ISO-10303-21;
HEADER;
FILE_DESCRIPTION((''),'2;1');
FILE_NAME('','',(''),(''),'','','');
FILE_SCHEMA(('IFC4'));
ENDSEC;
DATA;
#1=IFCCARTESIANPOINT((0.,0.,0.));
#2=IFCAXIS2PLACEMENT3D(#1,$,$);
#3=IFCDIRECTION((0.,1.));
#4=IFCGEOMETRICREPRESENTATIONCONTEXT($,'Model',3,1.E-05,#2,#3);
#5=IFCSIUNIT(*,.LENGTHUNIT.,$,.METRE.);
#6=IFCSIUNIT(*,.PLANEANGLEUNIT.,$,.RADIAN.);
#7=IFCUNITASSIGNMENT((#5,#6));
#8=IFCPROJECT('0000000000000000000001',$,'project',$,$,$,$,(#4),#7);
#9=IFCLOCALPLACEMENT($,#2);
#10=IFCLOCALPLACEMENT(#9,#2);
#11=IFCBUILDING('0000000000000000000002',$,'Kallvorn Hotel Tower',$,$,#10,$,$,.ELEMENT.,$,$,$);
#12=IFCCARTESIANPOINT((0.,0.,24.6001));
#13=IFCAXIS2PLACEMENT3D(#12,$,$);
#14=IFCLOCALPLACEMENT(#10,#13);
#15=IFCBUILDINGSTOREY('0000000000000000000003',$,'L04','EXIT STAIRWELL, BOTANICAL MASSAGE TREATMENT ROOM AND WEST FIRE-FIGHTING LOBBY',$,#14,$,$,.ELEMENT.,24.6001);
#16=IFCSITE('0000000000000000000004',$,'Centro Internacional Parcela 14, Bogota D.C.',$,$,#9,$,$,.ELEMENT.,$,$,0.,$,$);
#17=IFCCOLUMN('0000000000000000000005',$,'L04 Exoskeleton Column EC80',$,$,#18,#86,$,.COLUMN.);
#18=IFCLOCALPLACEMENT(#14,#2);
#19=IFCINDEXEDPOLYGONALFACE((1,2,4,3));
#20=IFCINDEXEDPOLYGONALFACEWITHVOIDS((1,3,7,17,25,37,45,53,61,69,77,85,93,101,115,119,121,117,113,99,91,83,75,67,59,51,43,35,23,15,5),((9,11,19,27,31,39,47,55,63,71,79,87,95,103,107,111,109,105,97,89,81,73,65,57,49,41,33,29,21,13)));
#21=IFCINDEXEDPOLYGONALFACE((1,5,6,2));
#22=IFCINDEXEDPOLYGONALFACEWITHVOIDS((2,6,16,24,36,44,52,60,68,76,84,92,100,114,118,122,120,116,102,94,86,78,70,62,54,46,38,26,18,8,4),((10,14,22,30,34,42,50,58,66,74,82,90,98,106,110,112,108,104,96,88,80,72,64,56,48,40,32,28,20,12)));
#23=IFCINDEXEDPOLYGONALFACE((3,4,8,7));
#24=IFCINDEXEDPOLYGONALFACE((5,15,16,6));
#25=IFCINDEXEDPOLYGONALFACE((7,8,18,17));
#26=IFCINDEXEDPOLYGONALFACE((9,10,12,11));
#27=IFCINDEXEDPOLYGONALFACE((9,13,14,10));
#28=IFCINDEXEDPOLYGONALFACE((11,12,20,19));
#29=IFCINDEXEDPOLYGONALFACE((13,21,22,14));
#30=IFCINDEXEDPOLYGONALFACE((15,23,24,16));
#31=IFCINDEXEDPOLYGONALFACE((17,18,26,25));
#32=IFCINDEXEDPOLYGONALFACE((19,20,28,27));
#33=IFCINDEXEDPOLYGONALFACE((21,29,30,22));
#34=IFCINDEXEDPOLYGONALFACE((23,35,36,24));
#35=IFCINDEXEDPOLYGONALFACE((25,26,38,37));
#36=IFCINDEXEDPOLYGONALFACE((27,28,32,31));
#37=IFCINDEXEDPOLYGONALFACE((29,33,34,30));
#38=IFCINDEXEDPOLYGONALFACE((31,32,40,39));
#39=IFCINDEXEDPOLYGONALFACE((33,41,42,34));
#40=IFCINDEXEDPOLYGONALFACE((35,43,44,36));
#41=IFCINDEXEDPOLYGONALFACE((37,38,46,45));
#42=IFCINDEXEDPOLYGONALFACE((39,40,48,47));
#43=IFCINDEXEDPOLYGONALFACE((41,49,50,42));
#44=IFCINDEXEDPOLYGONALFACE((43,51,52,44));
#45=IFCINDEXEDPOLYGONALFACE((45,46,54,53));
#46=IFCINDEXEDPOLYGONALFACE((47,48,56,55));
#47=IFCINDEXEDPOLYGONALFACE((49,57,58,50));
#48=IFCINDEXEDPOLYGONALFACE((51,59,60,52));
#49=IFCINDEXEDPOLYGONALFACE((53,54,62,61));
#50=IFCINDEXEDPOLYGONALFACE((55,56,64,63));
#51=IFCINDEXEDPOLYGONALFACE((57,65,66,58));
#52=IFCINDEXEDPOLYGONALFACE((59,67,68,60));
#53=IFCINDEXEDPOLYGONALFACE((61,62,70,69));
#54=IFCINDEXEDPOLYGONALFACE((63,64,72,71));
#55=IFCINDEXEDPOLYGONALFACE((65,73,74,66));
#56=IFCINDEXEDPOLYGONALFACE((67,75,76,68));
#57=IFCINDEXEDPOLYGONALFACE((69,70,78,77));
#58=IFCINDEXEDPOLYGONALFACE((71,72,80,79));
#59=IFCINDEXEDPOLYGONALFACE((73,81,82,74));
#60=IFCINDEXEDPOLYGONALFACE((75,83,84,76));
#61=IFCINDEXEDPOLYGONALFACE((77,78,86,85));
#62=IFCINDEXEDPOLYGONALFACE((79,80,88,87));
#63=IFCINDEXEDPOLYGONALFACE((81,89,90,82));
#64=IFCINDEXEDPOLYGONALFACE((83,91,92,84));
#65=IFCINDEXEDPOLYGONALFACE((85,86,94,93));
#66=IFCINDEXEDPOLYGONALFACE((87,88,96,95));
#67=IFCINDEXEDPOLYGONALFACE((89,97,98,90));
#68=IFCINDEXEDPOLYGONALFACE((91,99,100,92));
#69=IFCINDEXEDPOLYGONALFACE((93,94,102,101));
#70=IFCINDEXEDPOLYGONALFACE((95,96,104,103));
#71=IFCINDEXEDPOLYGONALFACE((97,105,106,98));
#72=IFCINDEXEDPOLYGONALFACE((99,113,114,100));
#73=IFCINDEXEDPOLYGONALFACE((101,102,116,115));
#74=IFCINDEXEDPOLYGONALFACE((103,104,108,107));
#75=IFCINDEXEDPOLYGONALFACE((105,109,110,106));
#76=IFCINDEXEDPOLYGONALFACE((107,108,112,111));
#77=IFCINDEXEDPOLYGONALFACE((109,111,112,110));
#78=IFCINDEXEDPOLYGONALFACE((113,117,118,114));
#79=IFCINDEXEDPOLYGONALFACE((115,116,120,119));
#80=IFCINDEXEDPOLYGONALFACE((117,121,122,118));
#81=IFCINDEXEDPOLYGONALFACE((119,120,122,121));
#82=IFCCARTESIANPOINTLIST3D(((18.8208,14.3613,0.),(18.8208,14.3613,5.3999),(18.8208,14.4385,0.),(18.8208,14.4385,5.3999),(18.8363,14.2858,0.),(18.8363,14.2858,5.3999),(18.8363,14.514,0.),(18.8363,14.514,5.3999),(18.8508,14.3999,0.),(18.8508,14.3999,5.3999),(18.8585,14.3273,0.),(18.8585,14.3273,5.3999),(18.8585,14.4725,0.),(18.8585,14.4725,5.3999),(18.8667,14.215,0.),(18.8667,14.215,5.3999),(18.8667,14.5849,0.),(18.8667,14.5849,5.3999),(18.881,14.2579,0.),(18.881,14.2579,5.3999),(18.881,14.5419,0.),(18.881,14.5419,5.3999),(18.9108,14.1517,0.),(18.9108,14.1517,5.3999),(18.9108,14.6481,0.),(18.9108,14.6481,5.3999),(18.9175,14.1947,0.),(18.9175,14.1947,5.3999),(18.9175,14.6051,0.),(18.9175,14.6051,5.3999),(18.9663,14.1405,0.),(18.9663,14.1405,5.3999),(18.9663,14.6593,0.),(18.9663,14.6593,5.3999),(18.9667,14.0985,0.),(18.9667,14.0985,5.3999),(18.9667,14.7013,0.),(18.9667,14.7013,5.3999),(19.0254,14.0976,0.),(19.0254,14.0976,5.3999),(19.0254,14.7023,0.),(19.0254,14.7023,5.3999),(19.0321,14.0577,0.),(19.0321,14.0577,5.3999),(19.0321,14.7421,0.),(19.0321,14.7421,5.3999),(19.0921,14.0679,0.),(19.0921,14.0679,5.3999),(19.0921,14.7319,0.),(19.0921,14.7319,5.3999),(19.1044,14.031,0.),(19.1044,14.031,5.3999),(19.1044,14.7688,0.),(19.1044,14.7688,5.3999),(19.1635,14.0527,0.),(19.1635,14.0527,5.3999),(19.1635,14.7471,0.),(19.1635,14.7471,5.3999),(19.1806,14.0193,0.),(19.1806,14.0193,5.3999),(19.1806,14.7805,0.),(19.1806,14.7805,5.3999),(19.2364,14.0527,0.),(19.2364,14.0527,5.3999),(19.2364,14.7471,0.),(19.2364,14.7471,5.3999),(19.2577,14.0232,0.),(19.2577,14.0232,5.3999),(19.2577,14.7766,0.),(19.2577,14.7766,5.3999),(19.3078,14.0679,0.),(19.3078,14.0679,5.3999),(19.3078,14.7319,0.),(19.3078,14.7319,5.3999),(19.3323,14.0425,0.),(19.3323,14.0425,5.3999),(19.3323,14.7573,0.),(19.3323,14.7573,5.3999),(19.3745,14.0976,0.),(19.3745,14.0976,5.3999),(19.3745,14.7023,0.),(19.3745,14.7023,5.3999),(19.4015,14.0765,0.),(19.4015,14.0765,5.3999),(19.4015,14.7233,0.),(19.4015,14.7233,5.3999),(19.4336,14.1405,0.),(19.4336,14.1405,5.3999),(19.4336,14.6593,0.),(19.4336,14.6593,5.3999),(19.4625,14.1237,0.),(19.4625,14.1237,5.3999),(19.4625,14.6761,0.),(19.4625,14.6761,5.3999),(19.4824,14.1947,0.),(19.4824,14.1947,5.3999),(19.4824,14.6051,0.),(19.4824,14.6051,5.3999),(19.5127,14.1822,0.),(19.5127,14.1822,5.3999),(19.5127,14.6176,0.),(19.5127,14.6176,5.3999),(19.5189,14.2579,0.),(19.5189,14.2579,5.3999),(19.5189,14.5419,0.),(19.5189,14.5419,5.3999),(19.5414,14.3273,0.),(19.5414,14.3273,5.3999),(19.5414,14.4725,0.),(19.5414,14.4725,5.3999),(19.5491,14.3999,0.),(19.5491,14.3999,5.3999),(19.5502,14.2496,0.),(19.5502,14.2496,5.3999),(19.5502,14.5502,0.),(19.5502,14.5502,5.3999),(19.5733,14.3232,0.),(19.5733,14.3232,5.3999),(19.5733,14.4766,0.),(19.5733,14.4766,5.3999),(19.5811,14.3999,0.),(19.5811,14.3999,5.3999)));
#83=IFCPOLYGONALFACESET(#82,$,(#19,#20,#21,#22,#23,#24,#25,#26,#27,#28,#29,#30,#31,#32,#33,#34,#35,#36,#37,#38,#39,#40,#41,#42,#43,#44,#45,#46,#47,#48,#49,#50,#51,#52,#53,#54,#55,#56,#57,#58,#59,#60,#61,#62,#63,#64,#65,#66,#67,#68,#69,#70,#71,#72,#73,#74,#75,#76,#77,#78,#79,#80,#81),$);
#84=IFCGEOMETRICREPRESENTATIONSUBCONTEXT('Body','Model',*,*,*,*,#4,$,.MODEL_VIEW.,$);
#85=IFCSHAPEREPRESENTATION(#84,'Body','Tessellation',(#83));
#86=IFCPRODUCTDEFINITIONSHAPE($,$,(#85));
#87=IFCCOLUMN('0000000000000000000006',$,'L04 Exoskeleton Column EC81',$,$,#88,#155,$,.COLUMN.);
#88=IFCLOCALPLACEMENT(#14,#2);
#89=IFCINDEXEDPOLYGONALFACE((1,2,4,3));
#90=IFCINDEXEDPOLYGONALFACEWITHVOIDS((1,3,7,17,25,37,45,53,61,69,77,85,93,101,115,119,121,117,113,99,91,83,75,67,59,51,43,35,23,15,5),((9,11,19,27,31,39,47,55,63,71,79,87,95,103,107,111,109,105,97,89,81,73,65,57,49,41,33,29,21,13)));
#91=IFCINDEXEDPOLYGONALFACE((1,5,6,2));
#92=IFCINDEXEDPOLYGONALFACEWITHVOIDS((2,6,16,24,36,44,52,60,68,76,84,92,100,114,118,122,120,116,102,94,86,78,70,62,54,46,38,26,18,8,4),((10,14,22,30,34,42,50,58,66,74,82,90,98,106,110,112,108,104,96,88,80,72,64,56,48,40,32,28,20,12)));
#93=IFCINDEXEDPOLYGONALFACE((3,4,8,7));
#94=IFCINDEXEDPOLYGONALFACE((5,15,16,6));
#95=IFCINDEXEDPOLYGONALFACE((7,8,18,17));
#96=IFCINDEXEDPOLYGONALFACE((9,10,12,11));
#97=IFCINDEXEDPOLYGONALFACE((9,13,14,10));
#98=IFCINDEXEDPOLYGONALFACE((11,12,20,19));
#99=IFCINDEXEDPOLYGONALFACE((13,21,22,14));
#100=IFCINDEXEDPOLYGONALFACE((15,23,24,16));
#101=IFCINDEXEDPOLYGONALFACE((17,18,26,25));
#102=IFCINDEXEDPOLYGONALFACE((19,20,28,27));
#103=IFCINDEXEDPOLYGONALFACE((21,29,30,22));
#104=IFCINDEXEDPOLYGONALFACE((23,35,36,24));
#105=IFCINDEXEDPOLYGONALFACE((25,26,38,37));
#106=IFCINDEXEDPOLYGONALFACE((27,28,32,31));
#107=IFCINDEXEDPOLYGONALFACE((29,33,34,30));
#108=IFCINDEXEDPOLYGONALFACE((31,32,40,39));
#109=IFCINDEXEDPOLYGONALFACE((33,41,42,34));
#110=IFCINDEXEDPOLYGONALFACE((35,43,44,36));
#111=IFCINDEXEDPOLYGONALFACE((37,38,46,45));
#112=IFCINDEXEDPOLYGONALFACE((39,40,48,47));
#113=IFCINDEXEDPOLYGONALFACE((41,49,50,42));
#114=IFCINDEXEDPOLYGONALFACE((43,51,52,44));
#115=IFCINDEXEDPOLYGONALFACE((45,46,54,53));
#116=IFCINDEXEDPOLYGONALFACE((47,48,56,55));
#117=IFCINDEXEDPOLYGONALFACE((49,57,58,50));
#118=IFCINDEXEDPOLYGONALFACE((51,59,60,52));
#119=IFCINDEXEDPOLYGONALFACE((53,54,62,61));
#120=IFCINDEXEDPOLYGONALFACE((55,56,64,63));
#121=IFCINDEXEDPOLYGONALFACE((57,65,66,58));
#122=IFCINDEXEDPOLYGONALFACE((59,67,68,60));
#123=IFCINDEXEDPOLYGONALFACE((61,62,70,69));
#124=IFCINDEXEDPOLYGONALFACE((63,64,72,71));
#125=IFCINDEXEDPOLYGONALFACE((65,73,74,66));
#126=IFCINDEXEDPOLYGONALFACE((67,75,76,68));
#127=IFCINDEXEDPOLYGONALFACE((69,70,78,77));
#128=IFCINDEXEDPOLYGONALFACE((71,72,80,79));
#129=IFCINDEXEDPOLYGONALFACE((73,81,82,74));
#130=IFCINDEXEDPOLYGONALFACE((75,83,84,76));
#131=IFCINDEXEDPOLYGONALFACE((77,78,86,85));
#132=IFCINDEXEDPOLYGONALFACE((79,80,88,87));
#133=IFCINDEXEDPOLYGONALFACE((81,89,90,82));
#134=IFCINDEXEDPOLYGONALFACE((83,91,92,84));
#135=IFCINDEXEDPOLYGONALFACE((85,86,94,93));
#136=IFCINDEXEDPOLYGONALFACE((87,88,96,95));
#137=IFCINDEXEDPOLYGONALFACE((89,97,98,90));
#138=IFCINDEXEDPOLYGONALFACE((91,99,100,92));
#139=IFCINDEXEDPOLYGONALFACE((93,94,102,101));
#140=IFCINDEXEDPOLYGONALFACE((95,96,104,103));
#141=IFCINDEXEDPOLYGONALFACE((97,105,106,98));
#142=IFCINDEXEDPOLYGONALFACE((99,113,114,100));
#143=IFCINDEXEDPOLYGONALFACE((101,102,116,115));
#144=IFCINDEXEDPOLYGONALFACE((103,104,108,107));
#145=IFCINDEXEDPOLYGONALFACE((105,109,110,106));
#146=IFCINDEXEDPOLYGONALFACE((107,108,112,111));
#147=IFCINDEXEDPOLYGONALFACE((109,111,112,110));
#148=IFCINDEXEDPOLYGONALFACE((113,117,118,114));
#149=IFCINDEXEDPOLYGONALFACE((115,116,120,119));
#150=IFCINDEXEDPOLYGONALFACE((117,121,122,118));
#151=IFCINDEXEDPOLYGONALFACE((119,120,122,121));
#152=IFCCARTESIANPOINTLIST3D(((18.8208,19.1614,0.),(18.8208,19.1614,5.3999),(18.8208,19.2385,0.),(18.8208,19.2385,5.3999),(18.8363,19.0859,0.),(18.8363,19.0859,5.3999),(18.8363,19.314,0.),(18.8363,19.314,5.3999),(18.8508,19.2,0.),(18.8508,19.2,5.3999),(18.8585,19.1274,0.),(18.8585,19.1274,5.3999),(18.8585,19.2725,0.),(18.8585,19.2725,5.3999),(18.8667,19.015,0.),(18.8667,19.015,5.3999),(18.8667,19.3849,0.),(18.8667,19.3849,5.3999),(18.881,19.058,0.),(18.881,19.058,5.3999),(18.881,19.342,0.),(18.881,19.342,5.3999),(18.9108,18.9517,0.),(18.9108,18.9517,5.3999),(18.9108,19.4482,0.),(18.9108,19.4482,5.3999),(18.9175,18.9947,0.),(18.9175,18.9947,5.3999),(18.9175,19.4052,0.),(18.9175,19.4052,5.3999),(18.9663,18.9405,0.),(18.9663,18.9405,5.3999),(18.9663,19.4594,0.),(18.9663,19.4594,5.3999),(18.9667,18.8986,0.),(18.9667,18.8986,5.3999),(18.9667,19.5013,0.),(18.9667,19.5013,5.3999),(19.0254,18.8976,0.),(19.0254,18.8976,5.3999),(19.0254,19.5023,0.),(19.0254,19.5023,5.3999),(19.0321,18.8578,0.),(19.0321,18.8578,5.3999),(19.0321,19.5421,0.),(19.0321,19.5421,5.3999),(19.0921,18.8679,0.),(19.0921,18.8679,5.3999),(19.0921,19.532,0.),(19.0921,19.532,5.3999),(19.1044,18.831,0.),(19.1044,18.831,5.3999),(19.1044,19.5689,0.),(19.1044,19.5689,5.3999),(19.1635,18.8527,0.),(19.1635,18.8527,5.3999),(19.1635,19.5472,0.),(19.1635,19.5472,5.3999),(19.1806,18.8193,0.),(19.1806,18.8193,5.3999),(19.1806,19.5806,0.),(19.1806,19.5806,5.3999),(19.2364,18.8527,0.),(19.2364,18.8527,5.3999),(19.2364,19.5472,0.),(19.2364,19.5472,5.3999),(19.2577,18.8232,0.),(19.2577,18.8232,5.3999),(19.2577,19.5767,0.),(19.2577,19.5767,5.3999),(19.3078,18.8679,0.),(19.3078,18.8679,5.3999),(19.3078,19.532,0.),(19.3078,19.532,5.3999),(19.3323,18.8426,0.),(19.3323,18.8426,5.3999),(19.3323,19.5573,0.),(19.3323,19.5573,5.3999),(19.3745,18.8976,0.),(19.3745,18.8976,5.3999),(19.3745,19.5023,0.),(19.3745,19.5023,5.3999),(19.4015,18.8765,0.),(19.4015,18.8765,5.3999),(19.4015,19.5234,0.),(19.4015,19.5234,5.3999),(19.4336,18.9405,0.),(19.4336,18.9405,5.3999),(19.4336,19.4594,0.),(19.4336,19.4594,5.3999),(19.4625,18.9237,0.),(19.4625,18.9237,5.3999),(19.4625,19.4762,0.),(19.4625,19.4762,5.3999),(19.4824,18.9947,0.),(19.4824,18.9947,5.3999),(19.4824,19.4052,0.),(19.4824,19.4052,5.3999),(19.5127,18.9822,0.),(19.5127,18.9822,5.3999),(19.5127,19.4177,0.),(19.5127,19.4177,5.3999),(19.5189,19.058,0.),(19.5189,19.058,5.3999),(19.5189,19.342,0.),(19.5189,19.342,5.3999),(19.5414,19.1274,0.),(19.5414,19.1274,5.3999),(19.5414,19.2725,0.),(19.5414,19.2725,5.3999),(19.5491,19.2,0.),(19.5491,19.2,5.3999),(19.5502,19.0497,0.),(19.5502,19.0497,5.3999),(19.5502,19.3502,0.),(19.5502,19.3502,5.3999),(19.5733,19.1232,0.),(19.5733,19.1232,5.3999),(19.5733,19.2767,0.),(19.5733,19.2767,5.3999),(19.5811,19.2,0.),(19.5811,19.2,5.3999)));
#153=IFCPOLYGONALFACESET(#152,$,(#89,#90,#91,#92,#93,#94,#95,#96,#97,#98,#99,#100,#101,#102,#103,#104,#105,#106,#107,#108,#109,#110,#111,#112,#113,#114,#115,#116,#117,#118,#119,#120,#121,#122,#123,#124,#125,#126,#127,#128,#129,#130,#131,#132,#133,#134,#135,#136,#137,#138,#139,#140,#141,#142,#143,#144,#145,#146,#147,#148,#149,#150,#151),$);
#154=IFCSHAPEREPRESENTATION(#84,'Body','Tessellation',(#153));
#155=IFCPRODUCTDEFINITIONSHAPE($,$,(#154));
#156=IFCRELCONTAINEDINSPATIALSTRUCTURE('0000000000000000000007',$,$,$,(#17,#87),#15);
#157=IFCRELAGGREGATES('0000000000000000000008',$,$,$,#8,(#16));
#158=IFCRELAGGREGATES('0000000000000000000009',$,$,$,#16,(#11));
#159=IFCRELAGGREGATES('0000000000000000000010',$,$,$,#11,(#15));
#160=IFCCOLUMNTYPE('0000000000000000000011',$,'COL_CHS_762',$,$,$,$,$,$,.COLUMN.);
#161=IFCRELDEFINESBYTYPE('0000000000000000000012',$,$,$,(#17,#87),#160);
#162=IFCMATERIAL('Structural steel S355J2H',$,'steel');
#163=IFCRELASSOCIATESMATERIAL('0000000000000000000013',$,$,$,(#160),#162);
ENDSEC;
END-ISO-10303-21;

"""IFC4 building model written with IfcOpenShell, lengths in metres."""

from ifc_helpers import new_model, si_unit, direction, frame, origin, origin_2d, place, context, subcontext, project, spatial, hollow_circle, extrude, material, material_profile, profile_set, type_object, element, save


model = new_model("IFC4")

# Units and contexts
model_context = context("Model", 3, precision=1e-05, world=origin(), true_north=direction((0.0, 1.0)))
body_context = subcontext(model_context, "Body", "Model", "MODEL_VIEW")
ifc_project = project(units=[si_unit("LENGTHUNIT", "METRE"), si_unit("PLANEANGLEUNIT", "RADIAN")], contexts=[model_context])

# Site, building, storey
site_placement = place(None, origin())
site = spatial("IfcSite", under=ifc_project, at=site_placement, Name="Centro Internacional Parcela 14, Bogota D.C.", CompositionType="ELEMENT", RefElevation=0.0)
building_placement = place(site_placement, origin())
building = spatial("IfcBuilding", under=site, at=building_placement, Name="Kallvorn Hotel Tower", CompositionType="ELEMENT")
storey_placement = place(building_placement, frame((0.0, 0.0, 24.6001)))
storey = spatial("IfcBuildingStorey", under=building, at=storey_placement, Name="L04", Description="EXIT STAIRWELL, BOTANICAL MASSAGE TREATMENT ROOM AND WEST FIRE-FIGHTING LOBBY", CompositionType="ELEMENT", Elevation=24.6001)

# Columns
ifc_material_1 = material(Name="Structural steel S355J2H", Category="steel")
ifc_material_profile_1 = material_profile(ifc_material_1, hollow_circle(Radius=0.3811, WallThickness=0.032, at=origin_2d()), Name="CHS 762x32")
ifc_profile_set_1 = profile_set([ifc_material_profile_1], Name="Structural steel S355J2H")
column_type_1 = type_object("IfcColumnType", Name="COL_CHS_762", PredefinedType="COLUMN", material=ifc_profile_set_1)
for number, where, z_axis, x_axis, name in (
    (1, (19.2, 14.3999, 0.0), (0.0, 0.0, 1.0), (1.0, 0.0, 0.0), "L04 Exoskeleton Column EC80"),
    (2, (19.2, 19.2, 0.0), (0.0, 0.0, 1.0), (1.0, 0.0, 0.0), "L04 Exoskeleton Column EC81"),
):
    element("IfcColumn", number, at=place(storey_placement, frame(where, z_axis=z_axis, x_axis=x_axis)), inside=storey, type_object=column_type_1, Name=name, PredefinedType="COLUMN", context=body_context, shape_type="SweptSolid", body=[
        extrude(hollow_circle(Radius=0.3811, WallThickness=0.032, at=origin_2d()), origin(), (0.0, 0.0, 1.0), 5.3999),
    ])

save(model, "model.ifc")
